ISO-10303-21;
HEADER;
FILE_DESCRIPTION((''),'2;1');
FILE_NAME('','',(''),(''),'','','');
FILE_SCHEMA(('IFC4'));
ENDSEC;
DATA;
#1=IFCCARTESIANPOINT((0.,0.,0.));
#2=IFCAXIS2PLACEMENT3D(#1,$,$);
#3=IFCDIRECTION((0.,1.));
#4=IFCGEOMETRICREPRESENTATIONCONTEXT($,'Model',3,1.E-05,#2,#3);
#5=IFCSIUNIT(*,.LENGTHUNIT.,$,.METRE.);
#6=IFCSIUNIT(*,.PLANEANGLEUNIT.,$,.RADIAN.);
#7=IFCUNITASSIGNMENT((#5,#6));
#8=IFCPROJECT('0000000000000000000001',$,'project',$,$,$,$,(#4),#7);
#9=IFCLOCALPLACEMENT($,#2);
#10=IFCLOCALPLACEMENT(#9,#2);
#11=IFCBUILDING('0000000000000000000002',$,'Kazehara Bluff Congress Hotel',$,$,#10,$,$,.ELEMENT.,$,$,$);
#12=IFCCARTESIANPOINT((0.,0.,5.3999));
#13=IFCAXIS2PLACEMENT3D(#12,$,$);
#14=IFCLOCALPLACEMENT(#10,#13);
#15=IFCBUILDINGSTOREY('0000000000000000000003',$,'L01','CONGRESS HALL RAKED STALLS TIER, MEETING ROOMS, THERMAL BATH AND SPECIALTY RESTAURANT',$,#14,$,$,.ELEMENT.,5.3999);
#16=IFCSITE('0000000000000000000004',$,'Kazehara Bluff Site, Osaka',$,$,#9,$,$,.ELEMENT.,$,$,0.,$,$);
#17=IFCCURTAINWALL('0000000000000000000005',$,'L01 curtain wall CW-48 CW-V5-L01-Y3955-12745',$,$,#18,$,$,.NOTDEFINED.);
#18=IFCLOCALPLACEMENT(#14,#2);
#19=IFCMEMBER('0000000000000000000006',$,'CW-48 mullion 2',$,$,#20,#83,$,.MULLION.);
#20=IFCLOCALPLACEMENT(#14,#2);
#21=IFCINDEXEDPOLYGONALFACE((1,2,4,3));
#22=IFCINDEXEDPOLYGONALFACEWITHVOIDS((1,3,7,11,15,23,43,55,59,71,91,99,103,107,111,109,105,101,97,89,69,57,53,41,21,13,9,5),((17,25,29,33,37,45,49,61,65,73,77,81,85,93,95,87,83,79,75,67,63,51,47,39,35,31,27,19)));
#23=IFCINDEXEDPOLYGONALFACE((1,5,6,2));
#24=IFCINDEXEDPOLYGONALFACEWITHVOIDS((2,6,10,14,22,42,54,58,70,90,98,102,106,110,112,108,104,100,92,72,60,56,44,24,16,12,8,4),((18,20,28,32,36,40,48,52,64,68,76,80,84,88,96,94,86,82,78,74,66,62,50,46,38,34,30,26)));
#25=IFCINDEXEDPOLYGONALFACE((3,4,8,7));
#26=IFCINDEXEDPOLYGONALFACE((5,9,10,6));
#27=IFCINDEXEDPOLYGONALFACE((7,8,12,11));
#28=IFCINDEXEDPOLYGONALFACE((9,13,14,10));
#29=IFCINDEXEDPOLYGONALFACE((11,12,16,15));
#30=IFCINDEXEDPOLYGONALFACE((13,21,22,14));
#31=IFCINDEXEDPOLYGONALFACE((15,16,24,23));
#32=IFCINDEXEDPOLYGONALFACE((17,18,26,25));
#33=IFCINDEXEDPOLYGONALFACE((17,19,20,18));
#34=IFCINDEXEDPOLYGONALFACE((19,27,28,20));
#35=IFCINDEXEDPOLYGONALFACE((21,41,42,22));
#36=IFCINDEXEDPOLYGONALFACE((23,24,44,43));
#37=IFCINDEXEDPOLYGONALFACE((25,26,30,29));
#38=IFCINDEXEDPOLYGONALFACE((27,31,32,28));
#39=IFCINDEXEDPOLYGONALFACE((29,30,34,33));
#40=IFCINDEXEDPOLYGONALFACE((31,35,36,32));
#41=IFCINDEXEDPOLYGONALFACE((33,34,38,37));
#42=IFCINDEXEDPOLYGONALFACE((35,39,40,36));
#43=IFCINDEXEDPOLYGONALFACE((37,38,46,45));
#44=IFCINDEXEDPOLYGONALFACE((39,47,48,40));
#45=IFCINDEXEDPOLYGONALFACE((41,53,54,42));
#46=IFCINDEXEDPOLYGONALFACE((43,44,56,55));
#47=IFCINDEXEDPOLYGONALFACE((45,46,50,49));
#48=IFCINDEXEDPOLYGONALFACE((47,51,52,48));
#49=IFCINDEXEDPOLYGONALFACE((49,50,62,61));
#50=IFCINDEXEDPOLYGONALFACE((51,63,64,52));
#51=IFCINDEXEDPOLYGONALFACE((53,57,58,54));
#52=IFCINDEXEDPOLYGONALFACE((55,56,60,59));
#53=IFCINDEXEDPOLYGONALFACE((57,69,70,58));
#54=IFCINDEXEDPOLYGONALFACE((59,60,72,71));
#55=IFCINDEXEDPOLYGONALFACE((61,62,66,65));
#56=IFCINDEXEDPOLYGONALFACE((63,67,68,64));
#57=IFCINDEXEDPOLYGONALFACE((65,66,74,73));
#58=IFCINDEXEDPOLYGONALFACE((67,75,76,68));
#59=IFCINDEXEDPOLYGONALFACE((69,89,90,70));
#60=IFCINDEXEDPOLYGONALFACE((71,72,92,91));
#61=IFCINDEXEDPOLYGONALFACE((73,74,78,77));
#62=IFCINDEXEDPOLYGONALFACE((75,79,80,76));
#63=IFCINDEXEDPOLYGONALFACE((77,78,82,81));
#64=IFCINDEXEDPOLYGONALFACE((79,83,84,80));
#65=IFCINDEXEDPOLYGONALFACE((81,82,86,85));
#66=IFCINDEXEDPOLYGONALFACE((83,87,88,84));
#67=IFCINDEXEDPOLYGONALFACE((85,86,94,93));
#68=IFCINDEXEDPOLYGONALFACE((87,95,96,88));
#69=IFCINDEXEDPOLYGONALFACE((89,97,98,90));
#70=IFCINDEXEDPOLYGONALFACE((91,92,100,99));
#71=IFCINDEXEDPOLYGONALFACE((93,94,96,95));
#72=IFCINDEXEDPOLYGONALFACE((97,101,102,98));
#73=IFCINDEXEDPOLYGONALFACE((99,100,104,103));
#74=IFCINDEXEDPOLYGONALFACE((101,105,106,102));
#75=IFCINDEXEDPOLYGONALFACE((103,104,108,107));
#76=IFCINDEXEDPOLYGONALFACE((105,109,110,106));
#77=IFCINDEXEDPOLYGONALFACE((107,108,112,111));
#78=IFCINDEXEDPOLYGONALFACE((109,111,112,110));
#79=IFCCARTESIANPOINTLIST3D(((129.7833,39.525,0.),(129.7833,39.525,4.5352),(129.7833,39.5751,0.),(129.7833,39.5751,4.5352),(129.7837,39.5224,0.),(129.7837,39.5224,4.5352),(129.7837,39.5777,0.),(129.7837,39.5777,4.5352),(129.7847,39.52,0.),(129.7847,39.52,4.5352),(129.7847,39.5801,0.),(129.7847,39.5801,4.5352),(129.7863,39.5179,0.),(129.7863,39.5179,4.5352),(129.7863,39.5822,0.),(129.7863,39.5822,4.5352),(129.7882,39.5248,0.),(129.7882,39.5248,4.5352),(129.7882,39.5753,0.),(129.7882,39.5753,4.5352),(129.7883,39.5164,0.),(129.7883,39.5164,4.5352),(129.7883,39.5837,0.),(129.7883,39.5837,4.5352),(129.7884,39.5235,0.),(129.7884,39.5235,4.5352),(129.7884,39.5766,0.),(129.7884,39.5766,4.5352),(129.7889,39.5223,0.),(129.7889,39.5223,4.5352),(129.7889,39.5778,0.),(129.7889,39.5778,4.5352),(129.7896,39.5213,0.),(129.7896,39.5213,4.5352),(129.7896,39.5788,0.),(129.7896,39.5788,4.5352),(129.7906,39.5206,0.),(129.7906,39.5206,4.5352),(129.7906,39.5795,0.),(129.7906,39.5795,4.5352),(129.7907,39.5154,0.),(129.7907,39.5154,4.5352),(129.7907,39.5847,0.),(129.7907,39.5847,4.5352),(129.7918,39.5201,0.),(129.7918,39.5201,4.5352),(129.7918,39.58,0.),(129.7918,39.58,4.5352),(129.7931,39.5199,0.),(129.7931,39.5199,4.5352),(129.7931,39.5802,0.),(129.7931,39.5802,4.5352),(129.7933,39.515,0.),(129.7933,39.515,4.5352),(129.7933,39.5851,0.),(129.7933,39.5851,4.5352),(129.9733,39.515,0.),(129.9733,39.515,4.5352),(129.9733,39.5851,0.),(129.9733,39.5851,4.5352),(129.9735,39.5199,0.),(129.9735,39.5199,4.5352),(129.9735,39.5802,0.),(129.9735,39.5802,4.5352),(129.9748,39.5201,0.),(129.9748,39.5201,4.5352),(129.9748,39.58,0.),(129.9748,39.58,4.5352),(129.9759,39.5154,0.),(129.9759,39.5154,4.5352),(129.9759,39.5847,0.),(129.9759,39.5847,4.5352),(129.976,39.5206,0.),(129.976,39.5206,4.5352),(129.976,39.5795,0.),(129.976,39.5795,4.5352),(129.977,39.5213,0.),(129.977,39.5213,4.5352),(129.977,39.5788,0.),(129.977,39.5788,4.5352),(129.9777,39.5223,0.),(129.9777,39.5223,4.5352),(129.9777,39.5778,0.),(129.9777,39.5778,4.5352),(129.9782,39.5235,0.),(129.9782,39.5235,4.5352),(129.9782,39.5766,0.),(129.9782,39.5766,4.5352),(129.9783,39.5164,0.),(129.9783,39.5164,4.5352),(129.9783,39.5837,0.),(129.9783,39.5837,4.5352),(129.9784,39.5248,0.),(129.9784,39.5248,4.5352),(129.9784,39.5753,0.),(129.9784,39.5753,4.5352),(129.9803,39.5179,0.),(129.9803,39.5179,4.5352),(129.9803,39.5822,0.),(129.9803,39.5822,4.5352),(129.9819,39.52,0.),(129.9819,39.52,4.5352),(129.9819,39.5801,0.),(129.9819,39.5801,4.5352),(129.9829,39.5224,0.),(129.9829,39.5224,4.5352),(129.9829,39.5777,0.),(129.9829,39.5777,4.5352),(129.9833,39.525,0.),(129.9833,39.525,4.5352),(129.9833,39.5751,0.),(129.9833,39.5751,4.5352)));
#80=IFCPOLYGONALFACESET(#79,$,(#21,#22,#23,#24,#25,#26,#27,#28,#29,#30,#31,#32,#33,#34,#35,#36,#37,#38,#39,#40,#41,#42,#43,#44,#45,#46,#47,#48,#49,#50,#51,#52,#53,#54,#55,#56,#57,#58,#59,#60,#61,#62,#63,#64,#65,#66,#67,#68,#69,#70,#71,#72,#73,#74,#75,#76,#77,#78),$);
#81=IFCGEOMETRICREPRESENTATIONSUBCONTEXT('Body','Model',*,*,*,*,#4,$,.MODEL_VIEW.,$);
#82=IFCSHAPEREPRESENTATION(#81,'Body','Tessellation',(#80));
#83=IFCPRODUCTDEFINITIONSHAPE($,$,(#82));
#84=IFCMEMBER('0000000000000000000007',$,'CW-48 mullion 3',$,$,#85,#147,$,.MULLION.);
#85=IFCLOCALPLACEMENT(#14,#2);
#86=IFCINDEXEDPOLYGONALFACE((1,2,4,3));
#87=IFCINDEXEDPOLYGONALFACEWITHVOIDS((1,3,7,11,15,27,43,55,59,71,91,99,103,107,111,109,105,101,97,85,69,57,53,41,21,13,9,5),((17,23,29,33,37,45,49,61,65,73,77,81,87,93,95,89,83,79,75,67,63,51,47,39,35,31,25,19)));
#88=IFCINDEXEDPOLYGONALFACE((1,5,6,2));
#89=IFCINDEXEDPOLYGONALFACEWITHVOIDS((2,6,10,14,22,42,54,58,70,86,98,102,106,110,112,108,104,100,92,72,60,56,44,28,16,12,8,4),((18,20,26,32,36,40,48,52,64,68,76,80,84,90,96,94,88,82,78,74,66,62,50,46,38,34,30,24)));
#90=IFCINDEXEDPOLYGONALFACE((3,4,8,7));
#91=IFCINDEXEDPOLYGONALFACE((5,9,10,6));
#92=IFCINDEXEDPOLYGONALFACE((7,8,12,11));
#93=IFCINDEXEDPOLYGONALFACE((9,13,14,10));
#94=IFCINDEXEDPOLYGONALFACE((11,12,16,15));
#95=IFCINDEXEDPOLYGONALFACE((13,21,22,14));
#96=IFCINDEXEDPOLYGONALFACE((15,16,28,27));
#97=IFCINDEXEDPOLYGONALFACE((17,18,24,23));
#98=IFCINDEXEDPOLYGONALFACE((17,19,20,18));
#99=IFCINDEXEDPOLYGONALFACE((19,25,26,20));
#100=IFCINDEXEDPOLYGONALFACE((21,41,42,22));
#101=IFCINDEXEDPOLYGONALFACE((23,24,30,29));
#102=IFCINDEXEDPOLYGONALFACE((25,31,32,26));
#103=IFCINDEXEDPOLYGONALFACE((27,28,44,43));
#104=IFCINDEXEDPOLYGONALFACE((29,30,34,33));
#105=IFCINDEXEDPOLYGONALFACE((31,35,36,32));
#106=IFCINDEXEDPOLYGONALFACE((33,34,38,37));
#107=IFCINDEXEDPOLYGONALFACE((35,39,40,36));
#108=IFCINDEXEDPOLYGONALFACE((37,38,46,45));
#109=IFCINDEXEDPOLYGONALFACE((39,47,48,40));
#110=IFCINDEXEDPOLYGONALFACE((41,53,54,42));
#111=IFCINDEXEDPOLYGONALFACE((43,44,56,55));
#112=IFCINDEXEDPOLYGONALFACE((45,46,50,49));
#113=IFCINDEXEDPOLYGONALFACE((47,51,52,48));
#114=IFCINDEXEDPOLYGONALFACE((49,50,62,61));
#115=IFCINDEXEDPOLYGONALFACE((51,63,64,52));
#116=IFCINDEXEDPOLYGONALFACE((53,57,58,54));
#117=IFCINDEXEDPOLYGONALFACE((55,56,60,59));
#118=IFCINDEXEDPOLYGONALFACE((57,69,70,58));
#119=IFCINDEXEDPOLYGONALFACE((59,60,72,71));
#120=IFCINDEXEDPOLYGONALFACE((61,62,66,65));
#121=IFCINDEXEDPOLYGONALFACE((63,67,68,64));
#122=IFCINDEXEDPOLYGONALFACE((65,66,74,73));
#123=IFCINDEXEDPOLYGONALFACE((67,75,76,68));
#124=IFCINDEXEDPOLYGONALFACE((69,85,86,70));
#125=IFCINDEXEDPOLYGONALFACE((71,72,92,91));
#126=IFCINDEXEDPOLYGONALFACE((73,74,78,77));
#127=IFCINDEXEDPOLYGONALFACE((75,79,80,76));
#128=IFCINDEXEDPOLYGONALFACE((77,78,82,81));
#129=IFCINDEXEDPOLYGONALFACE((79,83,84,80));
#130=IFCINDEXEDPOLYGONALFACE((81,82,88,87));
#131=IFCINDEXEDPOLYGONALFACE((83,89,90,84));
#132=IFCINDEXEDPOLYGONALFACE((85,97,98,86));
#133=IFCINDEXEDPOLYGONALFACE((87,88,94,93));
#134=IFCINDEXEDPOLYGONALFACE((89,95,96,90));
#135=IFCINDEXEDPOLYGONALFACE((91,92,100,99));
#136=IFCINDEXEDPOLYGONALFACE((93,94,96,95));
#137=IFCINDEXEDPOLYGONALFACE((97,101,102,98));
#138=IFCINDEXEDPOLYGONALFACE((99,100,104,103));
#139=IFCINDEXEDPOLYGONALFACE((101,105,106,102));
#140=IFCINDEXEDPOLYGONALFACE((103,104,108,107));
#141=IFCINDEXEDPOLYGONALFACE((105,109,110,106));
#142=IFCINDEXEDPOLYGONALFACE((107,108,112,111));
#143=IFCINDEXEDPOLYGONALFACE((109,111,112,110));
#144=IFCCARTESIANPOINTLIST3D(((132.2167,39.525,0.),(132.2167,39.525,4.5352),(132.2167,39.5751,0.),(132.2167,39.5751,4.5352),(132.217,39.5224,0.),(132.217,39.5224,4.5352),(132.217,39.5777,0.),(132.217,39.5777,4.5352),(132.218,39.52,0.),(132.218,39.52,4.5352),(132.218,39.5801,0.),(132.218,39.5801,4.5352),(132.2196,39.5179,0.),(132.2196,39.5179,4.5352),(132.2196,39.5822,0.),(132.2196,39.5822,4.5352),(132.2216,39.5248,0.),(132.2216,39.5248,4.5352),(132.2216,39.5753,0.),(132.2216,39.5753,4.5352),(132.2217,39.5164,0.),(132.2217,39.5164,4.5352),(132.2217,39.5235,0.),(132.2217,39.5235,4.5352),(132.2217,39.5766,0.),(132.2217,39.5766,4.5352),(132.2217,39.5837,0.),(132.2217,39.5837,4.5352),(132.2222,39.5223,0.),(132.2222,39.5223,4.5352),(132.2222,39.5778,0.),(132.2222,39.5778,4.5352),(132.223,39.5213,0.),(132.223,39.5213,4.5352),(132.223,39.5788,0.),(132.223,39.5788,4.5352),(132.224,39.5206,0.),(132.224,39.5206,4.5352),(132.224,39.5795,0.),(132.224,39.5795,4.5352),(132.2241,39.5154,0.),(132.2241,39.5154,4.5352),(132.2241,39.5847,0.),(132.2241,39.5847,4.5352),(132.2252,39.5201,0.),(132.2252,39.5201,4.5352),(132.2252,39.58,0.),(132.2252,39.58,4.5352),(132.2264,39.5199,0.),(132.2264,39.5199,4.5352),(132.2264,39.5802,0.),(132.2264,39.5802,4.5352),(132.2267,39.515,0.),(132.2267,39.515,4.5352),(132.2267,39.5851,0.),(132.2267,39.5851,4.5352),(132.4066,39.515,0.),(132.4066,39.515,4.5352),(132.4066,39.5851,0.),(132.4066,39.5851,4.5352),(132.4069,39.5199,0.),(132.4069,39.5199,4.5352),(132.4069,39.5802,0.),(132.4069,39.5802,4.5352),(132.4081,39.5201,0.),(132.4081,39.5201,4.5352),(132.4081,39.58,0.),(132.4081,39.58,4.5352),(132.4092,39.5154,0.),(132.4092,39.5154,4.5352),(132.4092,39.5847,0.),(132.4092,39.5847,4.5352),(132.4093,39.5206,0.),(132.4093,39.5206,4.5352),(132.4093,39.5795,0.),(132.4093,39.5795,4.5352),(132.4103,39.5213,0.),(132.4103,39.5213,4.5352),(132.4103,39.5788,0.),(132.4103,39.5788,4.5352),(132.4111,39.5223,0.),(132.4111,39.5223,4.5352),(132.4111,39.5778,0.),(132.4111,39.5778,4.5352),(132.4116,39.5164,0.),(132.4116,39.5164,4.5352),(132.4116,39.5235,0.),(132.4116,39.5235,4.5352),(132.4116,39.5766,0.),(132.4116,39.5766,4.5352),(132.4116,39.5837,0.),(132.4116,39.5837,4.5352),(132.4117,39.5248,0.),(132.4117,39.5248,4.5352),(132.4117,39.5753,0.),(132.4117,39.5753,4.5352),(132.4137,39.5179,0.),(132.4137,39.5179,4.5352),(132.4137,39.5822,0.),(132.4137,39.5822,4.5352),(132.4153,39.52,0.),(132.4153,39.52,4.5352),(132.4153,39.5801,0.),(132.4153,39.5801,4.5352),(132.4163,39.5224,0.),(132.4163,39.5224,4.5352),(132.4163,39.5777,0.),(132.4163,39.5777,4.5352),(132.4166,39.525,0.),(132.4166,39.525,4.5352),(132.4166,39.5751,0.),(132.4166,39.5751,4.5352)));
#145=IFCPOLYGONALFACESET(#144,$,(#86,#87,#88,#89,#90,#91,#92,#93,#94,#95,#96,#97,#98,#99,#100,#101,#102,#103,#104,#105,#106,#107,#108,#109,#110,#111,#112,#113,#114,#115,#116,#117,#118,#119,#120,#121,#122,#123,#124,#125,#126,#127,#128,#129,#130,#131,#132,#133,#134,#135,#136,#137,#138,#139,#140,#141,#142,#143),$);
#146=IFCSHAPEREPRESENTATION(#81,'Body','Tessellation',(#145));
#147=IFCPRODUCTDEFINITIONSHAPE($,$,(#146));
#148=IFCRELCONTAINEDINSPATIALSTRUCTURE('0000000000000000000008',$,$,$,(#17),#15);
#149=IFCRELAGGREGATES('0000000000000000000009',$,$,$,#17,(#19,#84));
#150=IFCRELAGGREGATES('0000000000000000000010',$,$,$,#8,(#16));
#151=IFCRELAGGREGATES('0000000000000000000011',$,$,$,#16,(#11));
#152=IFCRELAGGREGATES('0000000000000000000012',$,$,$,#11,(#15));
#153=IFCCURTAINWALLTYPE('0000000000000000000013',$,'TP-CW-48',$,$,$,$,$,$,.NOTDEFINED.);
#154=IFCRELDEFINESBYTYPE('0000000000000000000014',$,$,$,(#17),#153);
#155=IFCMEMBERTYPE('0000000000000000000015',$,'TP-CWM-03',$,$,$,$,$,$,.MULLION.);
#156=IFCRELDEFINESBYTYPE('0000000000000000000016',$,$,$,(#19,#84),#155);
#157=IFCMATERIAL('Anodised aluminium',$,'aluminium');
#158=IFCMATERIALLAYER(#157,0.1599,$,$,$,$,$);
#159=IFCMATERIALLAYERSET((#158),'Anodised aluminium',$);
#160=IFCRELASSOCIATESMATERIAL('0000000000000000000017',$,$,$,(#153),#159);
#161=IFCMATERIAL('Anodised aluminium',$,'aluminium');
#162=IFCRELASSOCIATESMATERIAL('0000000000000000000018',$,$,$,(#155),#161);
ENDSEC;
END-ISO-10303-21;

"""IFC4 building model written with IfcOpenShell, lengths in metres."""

from ifc_helpers import new_model, si_unit, direction, frame, origin, origin_2d, place, context, subcontext, project, spatial, hollow_rectangle, extrude, material, layer, layer_set, material_profile, profile_set, type_object, element, aggregate, save


model = new_model("IFC4")

# Units and contexts
model_context = context("Model", 3, precision=1e-05, world=origin(), true_north=direction((0.0, 1.0)))
body_context = subcontext(model_context, "Body", "Model", "MODEL_VIEW")
ifc_project = project(units=[si_unit("LENGTHUNIT", "METRE"), si_unit("PLANEANGLEUNIT", "RADIAN")], contexts=[model_context])

# Site, building, storey
site_placement = place(None, origin())
site = spatial("IfcSite", under=ifc_project, at=site_placement, Name="Kazehara Bluff Site, Osaka", CompositionType="ELEMENT", RefElevation=0.0)
building_placement = place(site_placement, origin())
building = spatial("IfcBuilding", under=site, at=building_placement, Name="Kazehara Bluff Congress Hotel", CompositionType="ELEMENT")
storey_placement = place(building_placement, frame((0.0, 0.0, 5.3999)))
storey = spatial("IfcBuildingStorey", under=building, at=storey_placement, Name="L01", Description="CONGRESS HALL RAKED STALLS TIER, MEETING ROOMS, THERMAL BATH AND SPECIALTY RESTAURANT", CompositionType="ELEMENT", Elevation=5.3999)

# Shared definitions
ifc_material_1 = material(Name="Anodised aluminium", Category="aluminium")
ifc_layer_1 = layer(ifc_material_1, 0.1599)
ifc_layer_set_1 = layer_set([ifc_layer_1], Name="Anodised aluminium")
curtain_wall_type_1 = type_object("IfcCurtainWallType", Name="TP-CW-48", PredefinedType="NOTDEFINED", material=ifc_layer_set_1)
ifc_material_2 = material(Name="Anodised aluminium", Category="aluminium")
ifc_material_profile_1 = material_profile(ifc_material_2, hollow_rectangle(XDim=0.0701, YDim=0.2, WallThickness=0.0049, InnerFilletRadius=0.0049, OuterFilletRadius=0.01, at=origin_2d()))
ifc_profile_set_1 = profile_set([ifc_material_profile_1], Name="Anodised aluminium")
member_type_1 = type_object("IfcMemberType", Name="TP-CWM-03", PredefinedType="MULLION", material=ifc_profile_set_1)

# Curtain wall, members
curtain_wall_1_placement = place(storey_placement, origin())
curtain_wall_1 = element("IfcCurtainWall", 1, at=curtain_wall_1_placement, inside=storey, type_object=curtain_wall_type_1, Name="L01 curtain wall CW-48 CW-V5-L01-Y3955-12745", PredefinedType="NOTDEFINED")
member_1_placement = place(storey_placement, frame((129.8833, 39.55, 0.0), z_axis=(0.0, 0.0, 1.0), x_axis=(0.0, 1.0, 0.0)))
member_1 = element("IfcMember", 2, at=member_1_placement, type_object=member_type_1, Name="CW-48 mullion 2", PredefinedType="MULLION", context=body_context, shape_type="SweptSolid", body=[
    extrude(hollow_rectangle(XDim=0.0701, YDim=0.2, WallThickness=0.0049, InnerFilletRadius=0.0049, OuterFilletRadius=0.01, at=origin_2d()), origin(), (0.0, 0.0, 1.0), 4.5352),
])
member_2_placement = place(storey_placement, frame((132.3167, 39.55, 0.0), z_axis=(0.0, 0.0, 1.0), x_axis=(0.0, 1.0, 0.0)))
member_2 = element("IfcMember", 3, at=member_2_placement, type_object=member_type_1, Name="CW-48 mullion 3", PredefinedType="MULLION", context=body_context, shape_type="SweptSolid", body=[
    extrude(hollow_rectangle(XDim=0.0701, YDim=0.2, WallThickness=0.0049, InnerFilletRadius=0.0049, OuterFilletRadius=0.01, at=origin_2d()), origin(), (0.0, 0.0, 1.0), 4.5352),
])

aggregate(curtain_wall_1, [member_1, member_2])

save(model, "model.ifc")
